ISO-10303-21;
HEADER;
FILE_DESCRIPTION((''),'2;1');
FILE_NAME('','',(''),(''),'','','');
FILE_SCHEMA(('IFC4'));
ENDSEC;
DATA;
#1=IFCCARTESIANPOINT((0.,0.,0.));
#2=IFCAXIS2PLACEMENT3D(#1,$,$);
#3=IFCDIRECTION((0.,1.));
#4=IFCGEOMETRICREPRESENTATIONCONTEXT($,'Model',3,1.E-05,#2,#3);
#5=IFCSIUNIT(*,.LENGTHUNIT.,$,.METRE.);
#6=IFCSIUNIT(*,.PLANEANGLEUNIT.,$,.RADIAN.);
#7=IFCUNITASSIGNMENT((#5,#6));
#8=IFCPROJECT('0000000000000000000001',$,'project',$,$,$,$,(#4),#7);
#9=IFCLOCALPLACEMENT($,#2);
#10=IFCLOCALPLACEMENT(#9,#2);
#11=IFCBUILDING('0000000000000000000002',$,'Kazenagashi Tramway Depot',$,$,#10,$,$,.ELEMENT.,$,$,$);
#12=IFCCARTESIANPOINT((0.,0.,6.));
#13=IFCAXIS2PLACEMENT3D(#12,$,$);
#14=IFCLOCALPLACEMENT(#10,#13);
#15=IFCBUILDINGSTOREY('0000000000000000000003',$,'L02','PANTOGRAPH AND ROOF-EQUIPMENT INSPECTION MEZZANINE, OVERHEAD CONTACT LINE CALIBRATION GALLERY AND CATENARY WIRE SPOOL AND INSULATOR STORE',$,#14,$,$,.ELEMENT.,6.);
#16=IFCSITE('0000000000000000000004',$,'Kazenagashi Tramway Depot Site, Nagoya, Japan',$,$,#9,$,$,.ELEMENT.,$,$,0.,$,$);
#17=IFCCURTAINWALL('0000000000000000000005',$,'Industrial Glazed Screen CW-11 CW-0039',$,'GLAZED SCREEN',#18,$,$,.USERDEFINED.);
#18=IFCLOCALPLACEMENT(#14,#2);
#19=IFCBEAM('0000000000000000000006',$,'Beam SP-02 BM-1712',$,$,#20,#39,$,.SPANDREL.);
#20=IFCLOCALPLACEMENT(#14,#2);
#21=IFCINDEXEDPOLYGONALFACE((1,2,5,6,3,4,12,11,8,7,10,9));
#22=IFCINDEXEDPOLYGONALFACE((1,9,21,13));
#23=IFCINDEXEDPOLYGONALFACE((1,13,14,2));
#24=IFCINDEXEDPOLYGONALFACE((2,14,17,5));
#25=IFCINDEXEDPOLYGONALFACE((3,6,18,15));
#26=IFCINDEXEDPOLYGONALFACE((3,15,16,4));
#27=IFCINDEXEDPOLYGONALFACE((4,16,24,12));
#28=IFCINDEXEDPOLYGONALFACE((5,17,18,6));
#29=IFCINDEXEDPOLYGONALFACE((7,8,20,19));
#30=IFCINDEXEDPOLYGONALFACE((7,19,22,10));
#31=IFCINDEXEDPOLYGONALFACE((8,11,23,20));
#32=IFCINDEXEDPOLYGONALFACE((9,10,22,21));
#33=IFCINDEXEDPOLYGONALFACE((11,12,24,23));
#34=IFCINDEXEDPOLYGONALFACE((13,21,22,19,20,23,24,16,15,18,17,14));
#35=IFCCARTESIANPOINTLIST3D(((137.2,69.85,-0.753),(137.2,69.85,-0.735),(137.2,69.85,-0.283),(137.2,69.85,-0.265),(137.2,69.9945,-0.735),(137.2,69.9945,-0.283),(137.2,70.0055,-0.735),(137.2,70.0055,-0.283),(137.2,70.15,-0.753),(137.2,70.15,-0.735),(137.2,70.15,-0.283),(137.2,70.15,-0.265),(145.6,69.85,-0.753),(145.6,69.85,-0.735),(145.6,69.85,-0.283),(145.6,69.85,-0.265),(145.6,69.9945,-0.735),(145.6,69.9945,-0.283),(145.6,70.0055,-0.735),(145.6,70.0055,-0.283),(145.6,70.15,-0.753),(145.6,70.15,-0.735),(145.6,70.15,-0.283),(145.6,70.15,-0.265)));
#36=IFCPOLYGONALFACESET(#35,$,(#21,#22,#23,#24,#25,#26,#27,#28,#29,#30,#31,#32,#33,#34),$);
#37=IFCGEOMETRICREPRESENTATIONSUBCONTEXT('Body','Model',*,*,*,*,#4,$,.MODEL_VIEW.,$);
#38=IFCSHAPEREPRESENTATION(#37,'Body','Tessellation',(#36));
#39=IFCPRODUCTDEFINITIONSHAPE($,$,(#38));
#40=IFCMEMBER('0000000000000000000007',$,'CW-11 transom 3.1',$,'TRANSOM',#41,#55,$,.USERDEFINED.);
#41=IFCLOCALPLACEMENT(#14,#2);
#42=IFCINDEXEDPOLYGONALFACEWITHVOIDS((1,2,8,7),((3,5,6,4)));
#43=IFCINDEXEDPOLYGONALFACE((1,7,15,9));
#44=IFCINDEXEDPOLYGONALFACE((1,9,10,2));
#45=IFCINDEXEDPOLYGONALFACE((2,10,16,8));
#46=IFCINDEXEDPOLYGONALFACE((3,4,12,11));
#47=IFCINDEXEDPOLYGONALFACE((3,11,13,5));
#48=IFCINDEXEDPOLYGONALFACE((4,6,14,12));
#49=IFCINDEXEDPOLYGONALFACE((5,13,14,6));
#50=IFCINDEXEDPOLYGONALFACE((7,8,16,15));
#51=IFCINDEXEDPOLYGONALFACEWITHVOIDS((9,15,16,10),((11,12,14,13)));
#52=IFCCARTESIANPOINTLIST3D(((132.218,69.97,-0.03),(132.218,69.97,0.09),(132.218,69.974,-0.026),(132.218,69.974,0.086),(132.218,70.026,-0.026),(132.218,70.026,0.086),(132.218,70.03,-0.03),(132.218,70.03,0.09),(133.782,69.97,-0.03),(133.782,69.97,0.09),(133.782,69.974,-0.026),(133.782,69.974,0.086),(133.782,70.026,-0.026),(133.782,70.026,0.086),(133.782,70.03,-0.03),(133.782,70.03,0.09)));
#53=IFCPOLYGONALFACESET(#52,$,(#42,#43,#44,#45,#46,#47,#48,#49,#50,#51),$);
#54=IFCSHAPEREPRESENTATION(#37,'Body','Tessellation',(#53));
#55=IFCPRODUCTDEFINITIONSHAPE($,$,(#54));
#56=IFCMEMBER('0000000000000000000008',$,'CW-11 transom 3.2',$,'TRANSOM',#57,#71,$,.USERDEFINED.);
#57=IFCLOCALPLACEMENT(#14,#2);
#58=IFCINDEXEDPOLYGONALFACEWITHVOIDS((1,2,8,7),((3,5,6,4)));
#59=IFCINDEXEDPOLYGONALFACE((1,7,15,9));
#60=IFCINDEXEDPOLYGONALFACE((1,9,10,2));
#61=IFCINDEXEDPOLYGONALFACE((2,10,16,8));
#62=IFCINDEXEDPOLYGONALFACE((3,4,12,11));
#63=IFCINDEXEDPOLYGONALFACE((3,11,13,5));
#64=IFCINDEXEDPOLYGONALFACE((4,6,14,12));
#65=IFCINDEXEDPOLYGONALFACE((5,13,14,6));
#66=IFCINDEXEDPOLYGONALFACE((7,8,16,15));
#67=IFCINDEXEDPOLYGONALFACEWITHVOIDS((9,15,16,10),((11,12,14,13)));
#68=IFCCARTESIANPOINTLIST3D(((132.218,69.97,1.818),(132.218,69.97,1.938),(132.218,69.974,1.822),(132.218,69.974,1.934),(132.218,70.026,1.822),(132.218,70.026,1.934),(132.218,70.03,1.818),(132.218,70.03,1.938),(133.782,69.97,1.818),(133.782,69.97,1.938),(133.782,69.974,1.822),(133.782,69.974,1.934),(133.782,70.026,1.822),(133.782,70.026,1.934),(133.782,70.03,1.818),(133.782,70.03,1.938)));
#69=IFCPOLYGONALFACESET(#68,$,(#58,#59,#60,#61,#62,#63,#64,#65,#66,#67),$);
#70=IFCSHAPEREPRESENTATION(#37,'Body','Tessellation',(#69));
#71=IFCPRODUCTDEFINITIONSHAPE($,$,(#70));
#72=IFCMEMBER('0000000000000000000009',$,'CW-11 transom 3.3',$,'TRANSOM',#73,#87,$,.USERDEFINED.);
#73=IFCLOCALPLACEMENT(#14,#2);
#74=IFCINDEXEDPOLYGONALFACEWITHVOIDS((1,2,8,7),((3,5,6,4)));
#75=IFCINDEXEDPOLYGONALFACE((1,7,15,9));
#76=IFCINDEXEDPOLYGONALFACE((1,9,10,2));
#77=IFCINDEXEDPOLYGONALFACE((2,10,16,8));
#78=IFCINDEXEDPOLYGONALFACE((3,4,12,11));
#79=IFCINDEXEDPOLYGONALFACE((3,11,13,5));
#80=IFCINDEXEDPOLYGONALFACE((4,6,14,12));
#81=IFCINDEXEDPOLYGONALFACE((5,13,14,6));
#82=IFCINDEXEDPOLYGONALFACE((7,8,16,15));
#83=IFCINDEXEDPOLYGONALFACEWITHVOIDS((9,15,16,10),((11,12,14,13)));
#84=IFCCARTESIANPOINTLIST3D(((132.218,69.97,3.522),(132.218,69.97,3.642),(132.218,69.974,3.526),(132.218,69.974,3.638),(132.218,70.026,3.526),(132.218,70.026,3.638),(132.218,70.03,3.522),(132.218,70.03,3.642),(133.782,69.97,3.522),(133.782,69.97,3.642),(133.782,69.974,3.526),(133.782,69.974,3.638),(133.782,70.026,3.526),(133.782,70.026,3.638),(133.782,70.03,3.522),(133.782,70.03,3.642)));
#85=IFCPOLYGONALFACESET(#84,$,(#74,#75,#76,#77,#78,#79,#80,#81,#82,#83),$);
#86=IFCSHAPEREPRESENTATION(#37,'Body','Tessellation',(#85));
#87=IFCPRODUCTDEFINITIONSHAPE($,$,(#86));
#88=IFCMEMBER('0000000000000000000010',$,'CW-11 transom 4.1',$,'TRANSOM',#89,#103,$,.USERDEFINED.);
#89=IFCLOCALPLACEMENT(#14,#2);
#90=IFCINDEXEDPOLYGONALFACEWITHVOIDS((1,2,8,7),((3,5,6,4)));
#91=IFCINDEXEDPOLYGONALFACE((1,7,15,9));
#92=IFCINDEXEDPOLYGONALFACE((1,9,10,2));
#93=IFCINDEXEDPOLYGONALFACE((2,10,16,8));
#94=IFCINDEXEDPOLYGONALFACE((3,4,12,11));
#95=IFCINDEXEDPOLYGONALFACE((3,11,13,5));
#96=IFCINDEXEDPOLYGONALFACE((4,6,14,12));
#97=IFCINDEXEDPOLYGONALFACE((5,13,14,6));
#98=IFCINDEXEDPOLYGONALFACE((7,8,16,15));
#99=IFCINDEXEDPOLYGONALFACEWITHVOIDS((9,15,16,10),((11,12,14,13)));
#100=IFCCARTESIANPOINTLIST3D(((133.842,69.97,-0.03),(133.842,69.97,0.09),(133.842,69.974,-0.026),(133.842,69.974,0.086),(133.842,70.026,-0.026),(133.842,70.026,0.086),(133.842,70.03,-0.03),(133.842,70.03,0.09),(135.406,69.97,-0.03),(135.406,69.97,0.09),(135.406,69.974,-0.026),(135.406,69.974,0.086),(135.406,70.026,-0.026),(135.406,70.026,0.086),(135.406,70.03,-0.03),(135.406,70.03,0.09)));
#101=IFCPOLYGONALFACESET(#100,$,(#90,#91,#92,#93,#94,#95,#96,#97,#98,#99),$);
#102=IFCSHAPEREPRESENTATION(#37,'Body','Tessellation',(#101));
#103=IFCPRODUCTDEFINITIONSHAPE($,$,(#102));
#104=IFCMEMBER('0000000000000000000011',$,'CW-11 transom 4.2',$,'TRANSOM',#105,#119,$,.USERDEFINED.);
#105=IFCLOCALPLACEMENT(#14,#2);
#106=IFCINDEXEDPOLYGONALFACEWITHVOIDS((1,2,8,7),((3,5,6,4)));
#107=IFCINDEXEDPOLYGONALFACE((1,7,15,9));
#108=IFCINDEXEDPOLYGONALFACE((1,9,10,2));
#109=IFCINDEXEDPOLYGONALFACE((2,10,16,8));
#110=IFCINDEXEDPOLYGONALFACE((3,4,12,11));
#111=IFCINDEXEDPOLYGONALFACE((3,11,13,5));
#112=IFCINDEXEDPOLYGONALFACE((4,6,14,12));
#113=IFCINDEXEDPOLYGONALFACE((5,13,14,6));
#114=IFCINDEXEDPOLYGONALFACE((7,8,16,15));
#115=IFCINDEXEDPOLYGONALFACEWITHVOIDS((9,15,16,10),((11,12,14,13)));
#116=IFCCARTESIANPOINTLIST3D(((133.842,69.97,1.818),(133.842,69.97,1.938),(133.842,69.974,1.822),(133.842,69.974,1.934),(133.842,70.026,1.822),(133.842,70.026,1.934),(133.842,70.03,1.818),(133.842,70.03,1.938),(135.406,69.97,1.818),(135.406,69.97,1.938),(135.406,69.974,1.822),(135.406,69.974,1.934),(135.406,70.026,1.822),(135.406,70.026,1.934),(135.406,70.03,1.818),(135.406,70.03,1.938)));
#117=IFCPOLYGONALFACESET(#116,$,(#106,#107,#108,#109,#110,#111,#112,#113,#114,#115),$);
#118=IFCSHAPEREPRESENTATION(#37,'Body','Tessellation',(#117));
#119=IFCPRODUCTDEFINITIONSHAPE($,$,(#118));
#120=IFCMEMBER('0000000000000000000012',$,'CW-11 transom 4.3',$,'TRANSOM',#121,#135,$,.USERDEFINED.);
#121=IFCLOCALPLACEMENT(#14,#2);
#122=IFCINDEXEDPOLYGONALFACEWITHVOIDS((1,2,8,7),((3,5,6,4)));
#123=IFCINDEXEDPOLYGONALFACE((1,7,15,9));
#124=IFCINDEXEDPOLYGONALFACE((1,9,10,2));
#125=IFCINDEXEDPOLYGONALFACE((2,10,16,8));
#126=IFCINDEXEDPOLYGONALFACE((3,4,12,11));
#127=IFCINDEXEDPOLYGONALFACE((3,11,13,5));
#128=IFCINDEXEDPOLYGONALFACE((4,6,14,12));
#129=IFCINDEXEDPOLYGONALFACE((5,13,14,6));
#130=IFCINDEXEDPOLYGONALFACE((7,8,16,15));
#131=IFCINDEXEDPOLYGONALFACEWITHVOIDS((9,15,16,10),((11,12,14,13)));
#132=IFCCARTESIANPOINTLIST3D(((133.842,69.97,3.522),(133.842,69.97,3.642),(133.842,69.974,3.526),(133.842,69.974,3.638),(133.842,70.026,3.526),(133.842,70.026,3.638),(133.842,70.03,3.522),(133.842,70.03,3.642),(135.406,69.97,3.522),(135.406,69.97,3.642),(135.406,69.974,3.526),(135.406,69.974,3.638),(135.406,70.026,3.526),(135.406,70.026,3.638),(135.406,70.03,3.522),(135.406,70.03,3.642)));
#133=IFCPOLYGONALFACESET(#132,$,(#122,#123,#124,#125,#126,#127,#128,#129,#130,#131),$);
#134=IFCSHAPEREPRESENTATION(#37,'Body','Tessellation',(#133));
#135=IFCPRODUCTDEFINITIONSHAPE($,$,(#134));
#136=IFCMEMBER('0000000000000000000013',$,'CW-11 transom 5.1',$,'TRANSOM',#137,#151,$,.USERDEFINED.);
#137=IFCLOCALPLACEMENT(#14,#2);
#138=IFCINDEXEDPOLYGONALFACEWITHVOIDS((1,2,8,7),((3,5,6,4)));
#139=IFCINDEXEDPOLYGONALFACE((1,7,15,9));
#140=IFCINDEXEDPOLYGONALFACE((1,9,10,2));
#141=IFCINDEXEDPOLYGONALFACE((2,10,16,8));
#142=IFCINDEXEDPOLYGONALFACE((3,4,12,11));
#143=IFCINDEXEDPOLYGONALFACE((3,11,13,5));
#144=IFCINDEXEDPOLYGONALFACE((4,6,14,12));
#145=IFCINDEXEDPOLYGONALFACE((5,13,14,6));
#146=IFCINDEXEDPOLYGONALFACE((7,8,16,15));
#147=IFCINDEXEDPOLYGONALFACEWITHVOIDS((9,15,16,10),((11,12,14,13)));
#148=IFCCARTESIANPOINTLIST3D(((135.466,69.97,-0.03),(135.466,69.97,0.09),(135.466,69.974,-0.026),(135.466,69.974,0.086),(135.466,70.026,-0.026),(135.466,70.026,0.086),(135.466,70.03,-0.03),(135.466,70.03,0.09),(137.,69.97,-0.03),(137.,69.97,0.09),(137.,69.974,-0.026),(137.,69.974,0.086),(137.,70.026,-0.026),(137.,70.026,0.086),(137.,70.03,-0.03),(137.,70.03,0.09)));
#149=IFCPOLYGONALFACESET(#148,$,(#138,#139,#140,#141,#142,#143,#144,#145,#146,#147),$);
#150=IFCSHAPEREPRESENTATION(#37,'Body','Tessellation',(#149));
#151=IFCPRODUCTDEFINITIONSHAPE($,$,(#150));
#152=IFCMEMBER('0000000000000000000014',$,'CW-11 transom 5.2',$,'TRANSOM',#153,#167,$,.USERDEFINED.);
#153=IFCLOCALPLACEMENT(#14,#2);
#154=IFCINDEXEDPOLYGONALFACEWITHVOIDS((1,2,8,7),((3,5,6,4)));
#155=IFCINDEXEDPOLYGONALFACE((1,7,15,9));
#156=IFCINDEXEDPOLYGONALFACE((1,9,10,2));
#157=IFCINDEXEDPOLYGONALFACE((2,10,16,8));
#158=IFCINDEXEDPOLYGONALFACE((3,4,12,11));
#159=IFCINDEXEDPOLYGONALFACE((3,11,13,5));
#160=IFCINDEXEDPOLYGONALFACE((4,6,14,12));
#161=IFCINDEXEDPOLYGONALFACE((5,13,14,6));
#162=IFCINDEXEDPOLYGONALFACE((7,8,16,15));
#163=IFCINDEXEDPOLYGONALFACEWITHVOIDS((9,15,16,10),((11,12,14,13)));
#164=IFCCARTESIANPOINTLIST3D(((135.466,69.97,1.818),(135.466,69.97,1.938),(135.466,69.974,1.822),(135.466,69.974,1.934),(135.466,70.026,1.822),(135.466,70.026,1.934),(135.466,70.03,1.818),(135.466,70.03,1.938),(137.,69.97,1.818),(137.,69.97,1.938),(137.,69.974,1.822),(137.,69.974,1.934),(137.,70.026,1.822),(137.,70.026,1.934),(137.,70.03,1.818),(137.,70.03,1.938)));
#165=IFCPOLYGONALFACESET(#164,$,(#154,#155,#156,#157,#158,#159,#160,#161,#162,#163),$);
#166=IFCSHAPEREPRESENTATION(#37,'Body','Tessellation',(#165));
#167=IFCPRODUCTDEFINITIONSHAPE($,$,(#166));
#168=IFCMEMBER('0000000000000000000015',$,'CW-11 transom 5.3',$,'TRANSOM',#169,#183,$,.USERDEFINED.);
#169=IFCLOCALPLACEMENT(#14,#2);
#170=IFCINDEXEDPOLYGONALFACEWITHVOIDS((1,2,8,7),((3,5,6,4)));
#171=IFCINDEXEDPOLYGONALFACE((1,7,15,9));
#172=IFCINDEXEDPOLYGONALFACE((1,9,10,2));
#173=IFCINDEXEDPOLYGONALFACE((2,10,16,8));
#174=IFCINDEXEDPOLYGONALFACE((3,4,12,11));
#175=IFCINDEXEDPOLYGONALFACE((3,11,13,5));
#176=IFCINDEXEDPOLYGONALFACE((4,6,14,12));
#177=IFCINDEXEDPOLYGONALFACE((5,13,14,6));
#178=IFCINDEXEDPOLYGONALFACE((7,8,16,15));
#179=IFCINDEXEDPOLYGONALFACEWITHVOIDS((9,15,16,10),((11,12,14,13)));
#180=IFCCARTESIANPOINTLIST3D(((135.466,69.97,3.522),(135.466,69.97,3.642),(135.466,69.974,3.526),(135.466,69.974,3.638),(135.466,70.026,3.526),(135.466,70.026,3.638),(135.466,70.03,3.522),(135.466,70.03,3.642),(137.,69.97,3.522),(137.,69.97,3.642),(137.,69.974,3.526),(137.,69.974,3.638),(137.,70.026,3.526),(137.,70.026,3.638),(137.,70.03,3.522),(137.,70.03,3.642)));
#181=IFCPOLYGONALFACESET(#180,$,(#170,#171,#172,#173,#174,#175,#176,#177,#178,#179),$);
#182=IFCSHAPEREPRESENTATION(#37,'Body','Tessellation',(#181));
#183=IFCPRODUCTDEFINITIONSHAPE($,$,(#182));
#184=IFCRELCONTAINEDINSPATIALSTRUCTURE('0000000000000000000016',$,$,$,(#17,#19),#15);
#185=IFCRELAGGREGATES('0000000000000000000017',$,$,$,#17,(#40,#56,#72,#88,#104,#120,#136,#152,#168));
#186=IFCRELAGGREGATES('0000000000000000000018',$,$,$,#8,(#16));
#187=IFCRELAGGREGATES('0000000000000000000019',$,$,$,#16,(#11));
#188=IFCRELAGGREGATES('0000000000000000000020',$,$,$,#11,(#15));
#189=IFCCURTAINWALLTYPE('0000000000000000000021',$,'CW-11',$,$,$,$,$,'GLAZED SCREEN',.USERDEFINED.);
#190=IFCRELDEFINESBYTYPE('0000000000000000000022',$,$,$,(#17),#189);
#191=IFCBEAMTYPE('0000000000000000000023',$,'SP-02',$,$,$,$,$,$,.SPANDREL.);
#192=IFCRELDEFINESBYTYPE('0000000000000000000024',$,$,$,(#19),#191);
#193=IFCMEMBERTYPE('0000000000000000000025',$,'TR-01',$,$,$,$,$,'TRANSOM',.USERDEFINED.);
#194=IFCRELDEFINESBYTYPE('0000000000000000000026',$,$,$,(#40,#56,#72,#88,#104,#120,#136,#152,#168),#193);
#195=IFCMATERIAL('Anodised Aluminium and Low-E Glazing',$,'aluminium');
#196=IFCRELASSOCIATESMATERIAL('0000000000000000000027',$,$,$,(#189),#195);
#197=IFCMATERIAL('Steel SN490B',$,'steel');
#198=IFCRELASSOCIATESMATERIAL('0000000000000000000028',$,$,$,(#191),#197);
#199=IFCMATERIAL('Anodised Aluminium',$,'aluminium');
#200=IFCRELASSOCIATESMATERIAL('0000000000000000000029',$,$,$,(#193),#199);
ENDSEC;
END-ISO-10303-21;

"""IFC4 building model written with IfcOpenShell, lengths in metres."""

from ifc_helpers import new_model, si_unit, direction, frame, origin, origin_2d, place, context, subcontext, project, spatial, hollow_rectangle, i_section, extrude, material, material_profile, profile_set, type_object, element, aggregate, save


model = new_model("IFC4")

# Units and contexts
model_context = context("Model", 3, precision=1e-05, world=origin(), true_north=direction((0.0, 1.0)))
body_context = subcontext(model_context, "Body", "Model", "MODEL_VIEW")
ifc_project = project(units=[si_unit("LENGTHUNIT", "METRE"), si_unit("PLANEANGLEUNIT", "RADIAN")], contexts=[model_context])

# Site, building, storey
site_placement = place(None, origin())
site = spatial("IfcSite", under=ifc_project, at=site_placement, Name="Kazenagashi Tramway Depot Site, Nagoya, Japan", CompositionType="ELEMENT", RefElevation=0.0)
building_placement = place(site_placement, origin())
building = spatial("IfcBuilding", under=site, at=building_placement, Name="Kazenagashi Tramway Depot", CompositionType="ELEMENT")
storey_placement = place(building_placement, frame((0.0, 0.0, 6.0)))
storey = spatial("IfcBuildingStorey", under=building, at=storey_placement, Name="L02", Description="PANTOGRAPH AND ROOF-EQUIPMENT INSPECTION MEZZANINE, OVERHEAD CONTACT LINE CALIBRATION GALLERY AND CATENARY WIRE SPOOL AND INSULATOR STORE", CompositionType="ELEMENT", Elevation=6.0)

# Shared definitions
ifc_material_1 = material(Name="Steel SN490B", Category="steel")

# Curtain wall
ifc_material_2 = material(Name="Anodised Aluminium and Low-E Glazing", Category="aluminium")
curtain_wall_type_1 = type_object("IfcCurtainWallType", Name="CW-11", ElementType="GLAZED SCREEN", PredefinedType="USERDEFINED", material=ifc_material_2)
curtain_wall_1_placement = place(storey_placement, origin())
curtain_wall_1 = element("IfcCurtainWall", 1, at=curtain_wall_1_placement, inside=storey, type_object=curtain_wall_type_1, Name="Industrial Glazed Screen CW-11 CW-0039", ObjectType="GLAZED SCREEN", PredefinedType="USERDEFINED")
ifc_material_3 = material(Name="Anodised Aluminium", Category="aluminium")

# Beam
ifc_material_profile_1 = material_profile(ifc_material_1, i_section(OverallWidth=0.3, OverallDepth=0.488, WebThickness=0.011, FlangeThickness=0.018, at=origin_2d()), Name="H-488x300x11x18")
ifc_profile_set_1 = profile_set([ifc_material_profile_1], Name="Steel SN490B")
beam_type_1 = type_object("IfcBeamType", Name="SP-02", PredefinedType="SPANDREL", material=ifc_profile_set_1)
beam_1_placement = place(storey_placement, frame((137.2, 70.0, -0.509), z_axis=(1.0, 0.0, 0.0), x_axis=(0.0, 1.0, 0.0)))
element("IfcBeam", 2, at=beam_1_placement, inside=storey, type_object=beam_type_1, Name="Beam SP-02 BM-1712", PredefinedType="SPANDREL", context=body_context, shape_type="SweptSolid", body=[
    extrude(i_section(OverallWidth=0.3, OverallDepth=0.488, WebThickness=0.011, FlangeThickness=0.018, at=origin_2d()), origin(), (0.0, 0.0, 1.0), 8.4),
])

# Members
ifc_material_profile_2 = material_profile(ifc_material_3, hollow_rectangle(XDim=0.06, YDim=0.12, WallThickness=0.004, at=origin_2d()), Name="RHS-120x60x4")
ifc_profile_set_2 = profile_set([ifc_material_profile_2], Name="Anodised Aluminium")
member_type_1 = type_object("IfcMemberType", Name="TR-01", ElementType="TRANSOM", PredefinedType="USERDEFINED", material=ifc_profile_set_2)
member_1_placement = place(storey_placement, frame((132.218, 70.0, 0.03), z_axis=(1.0, 0.0, 0.0), x_axis=(0.0, 1.0, 0.0)))
member_1 = element("IfcMember", 3, at=member_1_placement, type_object=member_type_1, Name="CW-11 transom 3.1", ObjectType="TRANSOM", PredefinedType="USERDEFINED", context=body_context, shape_type="SweptSolid", body=[
    extrude(hollow_rectangle(XDim=0.06, YDim=0.12, WallThickness=0.004, at=origin_2d()), origin(), (0.0, 0.0, 1.0), 1.564),
])
member_2_placement = place(storey_placement, frame((132.218, 70.0, 1.878), z_axis=(1.0, 0.0, 0.0), x_axis=(0.0, 1.0, 0.0)))
member_2 = element("IfcMember", 4, at=member_2_placement, type_object=member_type_1, Name="CW-11 transom 3.2", ObjectType="TRANSOM", PredefinedType="USERDEFINED", context=body_context, shape_type="SweptSolid", body=[
    extrude(hollow_rectangle(XDim=0.06, YDim=0.12, WallThickness=0.004, at=origin_2d()), origin(), (0.0, 0.0, 1.0), 1.564),
])
member_3_placement = place(storey_placement, frame((132.218, 70.0, 3.582), z_axis=(1.0, 0.0, 0.0), x_axis=(0.0, 1.0, 0.0)))
member_3 = element("IfcMember", 5, at=member_3_placement, type_object=member_type_1, Name="CW-11 transom 3.3", ObjectType="TRANSOM", PredefinedType="USERDEFINED", context=body_context, shape_type="SweptSolid", body=[
    extrude(hollow_rectangle(XDim=0.06, YDim=0.12, WallThickness=0.004, at=origin_2d()), origin(), (0.0, 0.0, 1.0), 1.564),
])
member_4_placement = place(storey_placement, frame((133.842, 70.0, 0.03), z_axis=(1.0, 0.0, 0.0), x_axis=(0.0, 1.0, 0.0)))
member_4 = element("IfcMember", 6, at=member_4_placement, type_object=member_type_1, Name="CW-11 transom 4.1", ObjectType="TRANSOM", PredefinedType="USERDEFINED", context=body_context, shape_type="SweptSolid", body=[
    extrude(hollow_rectangle(XDim=0.06, YDim=0.12, WallThickness=0.004, at=origin_2d()), origin(), (0.0, 0.0, 1.0), 1.564),
])
member_5_placement = place(storey_placement, frame((133.842, 70.0, 1.878), z_axis=(1.0, 0.0, 0.0), x_axis=(0.0, 1.0, 0.0)))
member_5 = element("IfcMember", 7, at=member_5_placement, type_object=member_type_1, Name="CW-11 transom 4.2", ObjectType="TRANSOM", PredefinedType="USERDEFINED", context=body_context, shape_type="SweptSolid", body=[
    extrude(hollow_rectangle(XDim=0.06, YDim=0.12, WallThickness=0.004, at=origin_2d()), origin(), (0.0, 0.0, 1.0), 1.564),
])
member_6_placement = place(storey_placement, frame((133.842, 70.0, 3.582), z_axis=(1.0, 0.0, 0.0), x_axis=(0.0, 1.0, 0.0)))
member_6 = element("IfcMember", 8, at=member_6_placement, type_object=member_type_1, Name="CW-11 transom 4.3", ObjectType="TRANSOM", PredefinedType="USERDEFINED", context=body_context, shape_type="SweptSolid", body=[
    extrude(hollow_rectangle(XDim=0.06, YDim=0.12, WallThickness=0.004, at=origin_2d()), origin(), (0.0, 0.0, 1.0), 1.564),
])
member_7_placement = place(storey_placement, frame((135.466, 70.0, 0.03), z_axis=(1.0, 0.0, 0.0), x_axis=(0.0, 1.0, 0.0)))
member_7 = element("IfcMember", 9, at=member_7_placement, type_object=member_type_1, Name="CW-11 transom 5.1", ObjectType="TRANSOM", PredefinedType="USERDEFINED", context=body_context, shape_type="SweptSolid", body=[
    extrude(hollow_rectangle(XDim=0.06, YDim=0.12, WallThickness=0.004, at=origin_2d()), origin(), (0.0, 0.0, 1.0), 1.534),
])
member_8_placement = place(storey_placement, frame((135.466, 70.0, 1.878), z_axis=(1.0, 0.0, 0.0), x_axis=(0.0, 1.0, 0.0)))
member_8 = element("IfcMember", 10, at=member_8_placement, type_object=member_type_1, Name="CW-11 transom 5.2", ObjectType="TRANSOM", PredefinedType="USERDEFINED", context=body_context, shape_type="SweptSolid", body=[
    extrude(hollow_rectangle(XDim=0.06, YDim=0.12, WallThickness=0.004, at=origin_2d()), origin(), (0.0, 0.0, 1.0), 1.534),
])
member_9_placement = place(storey_placement, frame((135.466, 70.0, 3.582), z_axis=(1.0, 0.0, 0.0), x_axis=(0.0, 1.0, 0.0)))
member_9 = element("IfcMember", 11, at=member_9_placement, type_object=member_type_1, Name="CW-11 transom 5.3", ObjectType="TRANSOM", PredefinedType="USERDEFINED", context=body_context, shape_type="SweptSolid", body=[
    extrude(hollow_rectangle(XDim=0.06, YDim=0.12, WallThickness=0.004, at=origin_2d()), origin(), (0.0, 0.0, 1.0), 1.534),
])

aggregate(curtain_wall_1, [member_1, member_2, member_3, member_4, member_5, member_6, member_7, member_8, member_9])

save(model, "model.ifc")
